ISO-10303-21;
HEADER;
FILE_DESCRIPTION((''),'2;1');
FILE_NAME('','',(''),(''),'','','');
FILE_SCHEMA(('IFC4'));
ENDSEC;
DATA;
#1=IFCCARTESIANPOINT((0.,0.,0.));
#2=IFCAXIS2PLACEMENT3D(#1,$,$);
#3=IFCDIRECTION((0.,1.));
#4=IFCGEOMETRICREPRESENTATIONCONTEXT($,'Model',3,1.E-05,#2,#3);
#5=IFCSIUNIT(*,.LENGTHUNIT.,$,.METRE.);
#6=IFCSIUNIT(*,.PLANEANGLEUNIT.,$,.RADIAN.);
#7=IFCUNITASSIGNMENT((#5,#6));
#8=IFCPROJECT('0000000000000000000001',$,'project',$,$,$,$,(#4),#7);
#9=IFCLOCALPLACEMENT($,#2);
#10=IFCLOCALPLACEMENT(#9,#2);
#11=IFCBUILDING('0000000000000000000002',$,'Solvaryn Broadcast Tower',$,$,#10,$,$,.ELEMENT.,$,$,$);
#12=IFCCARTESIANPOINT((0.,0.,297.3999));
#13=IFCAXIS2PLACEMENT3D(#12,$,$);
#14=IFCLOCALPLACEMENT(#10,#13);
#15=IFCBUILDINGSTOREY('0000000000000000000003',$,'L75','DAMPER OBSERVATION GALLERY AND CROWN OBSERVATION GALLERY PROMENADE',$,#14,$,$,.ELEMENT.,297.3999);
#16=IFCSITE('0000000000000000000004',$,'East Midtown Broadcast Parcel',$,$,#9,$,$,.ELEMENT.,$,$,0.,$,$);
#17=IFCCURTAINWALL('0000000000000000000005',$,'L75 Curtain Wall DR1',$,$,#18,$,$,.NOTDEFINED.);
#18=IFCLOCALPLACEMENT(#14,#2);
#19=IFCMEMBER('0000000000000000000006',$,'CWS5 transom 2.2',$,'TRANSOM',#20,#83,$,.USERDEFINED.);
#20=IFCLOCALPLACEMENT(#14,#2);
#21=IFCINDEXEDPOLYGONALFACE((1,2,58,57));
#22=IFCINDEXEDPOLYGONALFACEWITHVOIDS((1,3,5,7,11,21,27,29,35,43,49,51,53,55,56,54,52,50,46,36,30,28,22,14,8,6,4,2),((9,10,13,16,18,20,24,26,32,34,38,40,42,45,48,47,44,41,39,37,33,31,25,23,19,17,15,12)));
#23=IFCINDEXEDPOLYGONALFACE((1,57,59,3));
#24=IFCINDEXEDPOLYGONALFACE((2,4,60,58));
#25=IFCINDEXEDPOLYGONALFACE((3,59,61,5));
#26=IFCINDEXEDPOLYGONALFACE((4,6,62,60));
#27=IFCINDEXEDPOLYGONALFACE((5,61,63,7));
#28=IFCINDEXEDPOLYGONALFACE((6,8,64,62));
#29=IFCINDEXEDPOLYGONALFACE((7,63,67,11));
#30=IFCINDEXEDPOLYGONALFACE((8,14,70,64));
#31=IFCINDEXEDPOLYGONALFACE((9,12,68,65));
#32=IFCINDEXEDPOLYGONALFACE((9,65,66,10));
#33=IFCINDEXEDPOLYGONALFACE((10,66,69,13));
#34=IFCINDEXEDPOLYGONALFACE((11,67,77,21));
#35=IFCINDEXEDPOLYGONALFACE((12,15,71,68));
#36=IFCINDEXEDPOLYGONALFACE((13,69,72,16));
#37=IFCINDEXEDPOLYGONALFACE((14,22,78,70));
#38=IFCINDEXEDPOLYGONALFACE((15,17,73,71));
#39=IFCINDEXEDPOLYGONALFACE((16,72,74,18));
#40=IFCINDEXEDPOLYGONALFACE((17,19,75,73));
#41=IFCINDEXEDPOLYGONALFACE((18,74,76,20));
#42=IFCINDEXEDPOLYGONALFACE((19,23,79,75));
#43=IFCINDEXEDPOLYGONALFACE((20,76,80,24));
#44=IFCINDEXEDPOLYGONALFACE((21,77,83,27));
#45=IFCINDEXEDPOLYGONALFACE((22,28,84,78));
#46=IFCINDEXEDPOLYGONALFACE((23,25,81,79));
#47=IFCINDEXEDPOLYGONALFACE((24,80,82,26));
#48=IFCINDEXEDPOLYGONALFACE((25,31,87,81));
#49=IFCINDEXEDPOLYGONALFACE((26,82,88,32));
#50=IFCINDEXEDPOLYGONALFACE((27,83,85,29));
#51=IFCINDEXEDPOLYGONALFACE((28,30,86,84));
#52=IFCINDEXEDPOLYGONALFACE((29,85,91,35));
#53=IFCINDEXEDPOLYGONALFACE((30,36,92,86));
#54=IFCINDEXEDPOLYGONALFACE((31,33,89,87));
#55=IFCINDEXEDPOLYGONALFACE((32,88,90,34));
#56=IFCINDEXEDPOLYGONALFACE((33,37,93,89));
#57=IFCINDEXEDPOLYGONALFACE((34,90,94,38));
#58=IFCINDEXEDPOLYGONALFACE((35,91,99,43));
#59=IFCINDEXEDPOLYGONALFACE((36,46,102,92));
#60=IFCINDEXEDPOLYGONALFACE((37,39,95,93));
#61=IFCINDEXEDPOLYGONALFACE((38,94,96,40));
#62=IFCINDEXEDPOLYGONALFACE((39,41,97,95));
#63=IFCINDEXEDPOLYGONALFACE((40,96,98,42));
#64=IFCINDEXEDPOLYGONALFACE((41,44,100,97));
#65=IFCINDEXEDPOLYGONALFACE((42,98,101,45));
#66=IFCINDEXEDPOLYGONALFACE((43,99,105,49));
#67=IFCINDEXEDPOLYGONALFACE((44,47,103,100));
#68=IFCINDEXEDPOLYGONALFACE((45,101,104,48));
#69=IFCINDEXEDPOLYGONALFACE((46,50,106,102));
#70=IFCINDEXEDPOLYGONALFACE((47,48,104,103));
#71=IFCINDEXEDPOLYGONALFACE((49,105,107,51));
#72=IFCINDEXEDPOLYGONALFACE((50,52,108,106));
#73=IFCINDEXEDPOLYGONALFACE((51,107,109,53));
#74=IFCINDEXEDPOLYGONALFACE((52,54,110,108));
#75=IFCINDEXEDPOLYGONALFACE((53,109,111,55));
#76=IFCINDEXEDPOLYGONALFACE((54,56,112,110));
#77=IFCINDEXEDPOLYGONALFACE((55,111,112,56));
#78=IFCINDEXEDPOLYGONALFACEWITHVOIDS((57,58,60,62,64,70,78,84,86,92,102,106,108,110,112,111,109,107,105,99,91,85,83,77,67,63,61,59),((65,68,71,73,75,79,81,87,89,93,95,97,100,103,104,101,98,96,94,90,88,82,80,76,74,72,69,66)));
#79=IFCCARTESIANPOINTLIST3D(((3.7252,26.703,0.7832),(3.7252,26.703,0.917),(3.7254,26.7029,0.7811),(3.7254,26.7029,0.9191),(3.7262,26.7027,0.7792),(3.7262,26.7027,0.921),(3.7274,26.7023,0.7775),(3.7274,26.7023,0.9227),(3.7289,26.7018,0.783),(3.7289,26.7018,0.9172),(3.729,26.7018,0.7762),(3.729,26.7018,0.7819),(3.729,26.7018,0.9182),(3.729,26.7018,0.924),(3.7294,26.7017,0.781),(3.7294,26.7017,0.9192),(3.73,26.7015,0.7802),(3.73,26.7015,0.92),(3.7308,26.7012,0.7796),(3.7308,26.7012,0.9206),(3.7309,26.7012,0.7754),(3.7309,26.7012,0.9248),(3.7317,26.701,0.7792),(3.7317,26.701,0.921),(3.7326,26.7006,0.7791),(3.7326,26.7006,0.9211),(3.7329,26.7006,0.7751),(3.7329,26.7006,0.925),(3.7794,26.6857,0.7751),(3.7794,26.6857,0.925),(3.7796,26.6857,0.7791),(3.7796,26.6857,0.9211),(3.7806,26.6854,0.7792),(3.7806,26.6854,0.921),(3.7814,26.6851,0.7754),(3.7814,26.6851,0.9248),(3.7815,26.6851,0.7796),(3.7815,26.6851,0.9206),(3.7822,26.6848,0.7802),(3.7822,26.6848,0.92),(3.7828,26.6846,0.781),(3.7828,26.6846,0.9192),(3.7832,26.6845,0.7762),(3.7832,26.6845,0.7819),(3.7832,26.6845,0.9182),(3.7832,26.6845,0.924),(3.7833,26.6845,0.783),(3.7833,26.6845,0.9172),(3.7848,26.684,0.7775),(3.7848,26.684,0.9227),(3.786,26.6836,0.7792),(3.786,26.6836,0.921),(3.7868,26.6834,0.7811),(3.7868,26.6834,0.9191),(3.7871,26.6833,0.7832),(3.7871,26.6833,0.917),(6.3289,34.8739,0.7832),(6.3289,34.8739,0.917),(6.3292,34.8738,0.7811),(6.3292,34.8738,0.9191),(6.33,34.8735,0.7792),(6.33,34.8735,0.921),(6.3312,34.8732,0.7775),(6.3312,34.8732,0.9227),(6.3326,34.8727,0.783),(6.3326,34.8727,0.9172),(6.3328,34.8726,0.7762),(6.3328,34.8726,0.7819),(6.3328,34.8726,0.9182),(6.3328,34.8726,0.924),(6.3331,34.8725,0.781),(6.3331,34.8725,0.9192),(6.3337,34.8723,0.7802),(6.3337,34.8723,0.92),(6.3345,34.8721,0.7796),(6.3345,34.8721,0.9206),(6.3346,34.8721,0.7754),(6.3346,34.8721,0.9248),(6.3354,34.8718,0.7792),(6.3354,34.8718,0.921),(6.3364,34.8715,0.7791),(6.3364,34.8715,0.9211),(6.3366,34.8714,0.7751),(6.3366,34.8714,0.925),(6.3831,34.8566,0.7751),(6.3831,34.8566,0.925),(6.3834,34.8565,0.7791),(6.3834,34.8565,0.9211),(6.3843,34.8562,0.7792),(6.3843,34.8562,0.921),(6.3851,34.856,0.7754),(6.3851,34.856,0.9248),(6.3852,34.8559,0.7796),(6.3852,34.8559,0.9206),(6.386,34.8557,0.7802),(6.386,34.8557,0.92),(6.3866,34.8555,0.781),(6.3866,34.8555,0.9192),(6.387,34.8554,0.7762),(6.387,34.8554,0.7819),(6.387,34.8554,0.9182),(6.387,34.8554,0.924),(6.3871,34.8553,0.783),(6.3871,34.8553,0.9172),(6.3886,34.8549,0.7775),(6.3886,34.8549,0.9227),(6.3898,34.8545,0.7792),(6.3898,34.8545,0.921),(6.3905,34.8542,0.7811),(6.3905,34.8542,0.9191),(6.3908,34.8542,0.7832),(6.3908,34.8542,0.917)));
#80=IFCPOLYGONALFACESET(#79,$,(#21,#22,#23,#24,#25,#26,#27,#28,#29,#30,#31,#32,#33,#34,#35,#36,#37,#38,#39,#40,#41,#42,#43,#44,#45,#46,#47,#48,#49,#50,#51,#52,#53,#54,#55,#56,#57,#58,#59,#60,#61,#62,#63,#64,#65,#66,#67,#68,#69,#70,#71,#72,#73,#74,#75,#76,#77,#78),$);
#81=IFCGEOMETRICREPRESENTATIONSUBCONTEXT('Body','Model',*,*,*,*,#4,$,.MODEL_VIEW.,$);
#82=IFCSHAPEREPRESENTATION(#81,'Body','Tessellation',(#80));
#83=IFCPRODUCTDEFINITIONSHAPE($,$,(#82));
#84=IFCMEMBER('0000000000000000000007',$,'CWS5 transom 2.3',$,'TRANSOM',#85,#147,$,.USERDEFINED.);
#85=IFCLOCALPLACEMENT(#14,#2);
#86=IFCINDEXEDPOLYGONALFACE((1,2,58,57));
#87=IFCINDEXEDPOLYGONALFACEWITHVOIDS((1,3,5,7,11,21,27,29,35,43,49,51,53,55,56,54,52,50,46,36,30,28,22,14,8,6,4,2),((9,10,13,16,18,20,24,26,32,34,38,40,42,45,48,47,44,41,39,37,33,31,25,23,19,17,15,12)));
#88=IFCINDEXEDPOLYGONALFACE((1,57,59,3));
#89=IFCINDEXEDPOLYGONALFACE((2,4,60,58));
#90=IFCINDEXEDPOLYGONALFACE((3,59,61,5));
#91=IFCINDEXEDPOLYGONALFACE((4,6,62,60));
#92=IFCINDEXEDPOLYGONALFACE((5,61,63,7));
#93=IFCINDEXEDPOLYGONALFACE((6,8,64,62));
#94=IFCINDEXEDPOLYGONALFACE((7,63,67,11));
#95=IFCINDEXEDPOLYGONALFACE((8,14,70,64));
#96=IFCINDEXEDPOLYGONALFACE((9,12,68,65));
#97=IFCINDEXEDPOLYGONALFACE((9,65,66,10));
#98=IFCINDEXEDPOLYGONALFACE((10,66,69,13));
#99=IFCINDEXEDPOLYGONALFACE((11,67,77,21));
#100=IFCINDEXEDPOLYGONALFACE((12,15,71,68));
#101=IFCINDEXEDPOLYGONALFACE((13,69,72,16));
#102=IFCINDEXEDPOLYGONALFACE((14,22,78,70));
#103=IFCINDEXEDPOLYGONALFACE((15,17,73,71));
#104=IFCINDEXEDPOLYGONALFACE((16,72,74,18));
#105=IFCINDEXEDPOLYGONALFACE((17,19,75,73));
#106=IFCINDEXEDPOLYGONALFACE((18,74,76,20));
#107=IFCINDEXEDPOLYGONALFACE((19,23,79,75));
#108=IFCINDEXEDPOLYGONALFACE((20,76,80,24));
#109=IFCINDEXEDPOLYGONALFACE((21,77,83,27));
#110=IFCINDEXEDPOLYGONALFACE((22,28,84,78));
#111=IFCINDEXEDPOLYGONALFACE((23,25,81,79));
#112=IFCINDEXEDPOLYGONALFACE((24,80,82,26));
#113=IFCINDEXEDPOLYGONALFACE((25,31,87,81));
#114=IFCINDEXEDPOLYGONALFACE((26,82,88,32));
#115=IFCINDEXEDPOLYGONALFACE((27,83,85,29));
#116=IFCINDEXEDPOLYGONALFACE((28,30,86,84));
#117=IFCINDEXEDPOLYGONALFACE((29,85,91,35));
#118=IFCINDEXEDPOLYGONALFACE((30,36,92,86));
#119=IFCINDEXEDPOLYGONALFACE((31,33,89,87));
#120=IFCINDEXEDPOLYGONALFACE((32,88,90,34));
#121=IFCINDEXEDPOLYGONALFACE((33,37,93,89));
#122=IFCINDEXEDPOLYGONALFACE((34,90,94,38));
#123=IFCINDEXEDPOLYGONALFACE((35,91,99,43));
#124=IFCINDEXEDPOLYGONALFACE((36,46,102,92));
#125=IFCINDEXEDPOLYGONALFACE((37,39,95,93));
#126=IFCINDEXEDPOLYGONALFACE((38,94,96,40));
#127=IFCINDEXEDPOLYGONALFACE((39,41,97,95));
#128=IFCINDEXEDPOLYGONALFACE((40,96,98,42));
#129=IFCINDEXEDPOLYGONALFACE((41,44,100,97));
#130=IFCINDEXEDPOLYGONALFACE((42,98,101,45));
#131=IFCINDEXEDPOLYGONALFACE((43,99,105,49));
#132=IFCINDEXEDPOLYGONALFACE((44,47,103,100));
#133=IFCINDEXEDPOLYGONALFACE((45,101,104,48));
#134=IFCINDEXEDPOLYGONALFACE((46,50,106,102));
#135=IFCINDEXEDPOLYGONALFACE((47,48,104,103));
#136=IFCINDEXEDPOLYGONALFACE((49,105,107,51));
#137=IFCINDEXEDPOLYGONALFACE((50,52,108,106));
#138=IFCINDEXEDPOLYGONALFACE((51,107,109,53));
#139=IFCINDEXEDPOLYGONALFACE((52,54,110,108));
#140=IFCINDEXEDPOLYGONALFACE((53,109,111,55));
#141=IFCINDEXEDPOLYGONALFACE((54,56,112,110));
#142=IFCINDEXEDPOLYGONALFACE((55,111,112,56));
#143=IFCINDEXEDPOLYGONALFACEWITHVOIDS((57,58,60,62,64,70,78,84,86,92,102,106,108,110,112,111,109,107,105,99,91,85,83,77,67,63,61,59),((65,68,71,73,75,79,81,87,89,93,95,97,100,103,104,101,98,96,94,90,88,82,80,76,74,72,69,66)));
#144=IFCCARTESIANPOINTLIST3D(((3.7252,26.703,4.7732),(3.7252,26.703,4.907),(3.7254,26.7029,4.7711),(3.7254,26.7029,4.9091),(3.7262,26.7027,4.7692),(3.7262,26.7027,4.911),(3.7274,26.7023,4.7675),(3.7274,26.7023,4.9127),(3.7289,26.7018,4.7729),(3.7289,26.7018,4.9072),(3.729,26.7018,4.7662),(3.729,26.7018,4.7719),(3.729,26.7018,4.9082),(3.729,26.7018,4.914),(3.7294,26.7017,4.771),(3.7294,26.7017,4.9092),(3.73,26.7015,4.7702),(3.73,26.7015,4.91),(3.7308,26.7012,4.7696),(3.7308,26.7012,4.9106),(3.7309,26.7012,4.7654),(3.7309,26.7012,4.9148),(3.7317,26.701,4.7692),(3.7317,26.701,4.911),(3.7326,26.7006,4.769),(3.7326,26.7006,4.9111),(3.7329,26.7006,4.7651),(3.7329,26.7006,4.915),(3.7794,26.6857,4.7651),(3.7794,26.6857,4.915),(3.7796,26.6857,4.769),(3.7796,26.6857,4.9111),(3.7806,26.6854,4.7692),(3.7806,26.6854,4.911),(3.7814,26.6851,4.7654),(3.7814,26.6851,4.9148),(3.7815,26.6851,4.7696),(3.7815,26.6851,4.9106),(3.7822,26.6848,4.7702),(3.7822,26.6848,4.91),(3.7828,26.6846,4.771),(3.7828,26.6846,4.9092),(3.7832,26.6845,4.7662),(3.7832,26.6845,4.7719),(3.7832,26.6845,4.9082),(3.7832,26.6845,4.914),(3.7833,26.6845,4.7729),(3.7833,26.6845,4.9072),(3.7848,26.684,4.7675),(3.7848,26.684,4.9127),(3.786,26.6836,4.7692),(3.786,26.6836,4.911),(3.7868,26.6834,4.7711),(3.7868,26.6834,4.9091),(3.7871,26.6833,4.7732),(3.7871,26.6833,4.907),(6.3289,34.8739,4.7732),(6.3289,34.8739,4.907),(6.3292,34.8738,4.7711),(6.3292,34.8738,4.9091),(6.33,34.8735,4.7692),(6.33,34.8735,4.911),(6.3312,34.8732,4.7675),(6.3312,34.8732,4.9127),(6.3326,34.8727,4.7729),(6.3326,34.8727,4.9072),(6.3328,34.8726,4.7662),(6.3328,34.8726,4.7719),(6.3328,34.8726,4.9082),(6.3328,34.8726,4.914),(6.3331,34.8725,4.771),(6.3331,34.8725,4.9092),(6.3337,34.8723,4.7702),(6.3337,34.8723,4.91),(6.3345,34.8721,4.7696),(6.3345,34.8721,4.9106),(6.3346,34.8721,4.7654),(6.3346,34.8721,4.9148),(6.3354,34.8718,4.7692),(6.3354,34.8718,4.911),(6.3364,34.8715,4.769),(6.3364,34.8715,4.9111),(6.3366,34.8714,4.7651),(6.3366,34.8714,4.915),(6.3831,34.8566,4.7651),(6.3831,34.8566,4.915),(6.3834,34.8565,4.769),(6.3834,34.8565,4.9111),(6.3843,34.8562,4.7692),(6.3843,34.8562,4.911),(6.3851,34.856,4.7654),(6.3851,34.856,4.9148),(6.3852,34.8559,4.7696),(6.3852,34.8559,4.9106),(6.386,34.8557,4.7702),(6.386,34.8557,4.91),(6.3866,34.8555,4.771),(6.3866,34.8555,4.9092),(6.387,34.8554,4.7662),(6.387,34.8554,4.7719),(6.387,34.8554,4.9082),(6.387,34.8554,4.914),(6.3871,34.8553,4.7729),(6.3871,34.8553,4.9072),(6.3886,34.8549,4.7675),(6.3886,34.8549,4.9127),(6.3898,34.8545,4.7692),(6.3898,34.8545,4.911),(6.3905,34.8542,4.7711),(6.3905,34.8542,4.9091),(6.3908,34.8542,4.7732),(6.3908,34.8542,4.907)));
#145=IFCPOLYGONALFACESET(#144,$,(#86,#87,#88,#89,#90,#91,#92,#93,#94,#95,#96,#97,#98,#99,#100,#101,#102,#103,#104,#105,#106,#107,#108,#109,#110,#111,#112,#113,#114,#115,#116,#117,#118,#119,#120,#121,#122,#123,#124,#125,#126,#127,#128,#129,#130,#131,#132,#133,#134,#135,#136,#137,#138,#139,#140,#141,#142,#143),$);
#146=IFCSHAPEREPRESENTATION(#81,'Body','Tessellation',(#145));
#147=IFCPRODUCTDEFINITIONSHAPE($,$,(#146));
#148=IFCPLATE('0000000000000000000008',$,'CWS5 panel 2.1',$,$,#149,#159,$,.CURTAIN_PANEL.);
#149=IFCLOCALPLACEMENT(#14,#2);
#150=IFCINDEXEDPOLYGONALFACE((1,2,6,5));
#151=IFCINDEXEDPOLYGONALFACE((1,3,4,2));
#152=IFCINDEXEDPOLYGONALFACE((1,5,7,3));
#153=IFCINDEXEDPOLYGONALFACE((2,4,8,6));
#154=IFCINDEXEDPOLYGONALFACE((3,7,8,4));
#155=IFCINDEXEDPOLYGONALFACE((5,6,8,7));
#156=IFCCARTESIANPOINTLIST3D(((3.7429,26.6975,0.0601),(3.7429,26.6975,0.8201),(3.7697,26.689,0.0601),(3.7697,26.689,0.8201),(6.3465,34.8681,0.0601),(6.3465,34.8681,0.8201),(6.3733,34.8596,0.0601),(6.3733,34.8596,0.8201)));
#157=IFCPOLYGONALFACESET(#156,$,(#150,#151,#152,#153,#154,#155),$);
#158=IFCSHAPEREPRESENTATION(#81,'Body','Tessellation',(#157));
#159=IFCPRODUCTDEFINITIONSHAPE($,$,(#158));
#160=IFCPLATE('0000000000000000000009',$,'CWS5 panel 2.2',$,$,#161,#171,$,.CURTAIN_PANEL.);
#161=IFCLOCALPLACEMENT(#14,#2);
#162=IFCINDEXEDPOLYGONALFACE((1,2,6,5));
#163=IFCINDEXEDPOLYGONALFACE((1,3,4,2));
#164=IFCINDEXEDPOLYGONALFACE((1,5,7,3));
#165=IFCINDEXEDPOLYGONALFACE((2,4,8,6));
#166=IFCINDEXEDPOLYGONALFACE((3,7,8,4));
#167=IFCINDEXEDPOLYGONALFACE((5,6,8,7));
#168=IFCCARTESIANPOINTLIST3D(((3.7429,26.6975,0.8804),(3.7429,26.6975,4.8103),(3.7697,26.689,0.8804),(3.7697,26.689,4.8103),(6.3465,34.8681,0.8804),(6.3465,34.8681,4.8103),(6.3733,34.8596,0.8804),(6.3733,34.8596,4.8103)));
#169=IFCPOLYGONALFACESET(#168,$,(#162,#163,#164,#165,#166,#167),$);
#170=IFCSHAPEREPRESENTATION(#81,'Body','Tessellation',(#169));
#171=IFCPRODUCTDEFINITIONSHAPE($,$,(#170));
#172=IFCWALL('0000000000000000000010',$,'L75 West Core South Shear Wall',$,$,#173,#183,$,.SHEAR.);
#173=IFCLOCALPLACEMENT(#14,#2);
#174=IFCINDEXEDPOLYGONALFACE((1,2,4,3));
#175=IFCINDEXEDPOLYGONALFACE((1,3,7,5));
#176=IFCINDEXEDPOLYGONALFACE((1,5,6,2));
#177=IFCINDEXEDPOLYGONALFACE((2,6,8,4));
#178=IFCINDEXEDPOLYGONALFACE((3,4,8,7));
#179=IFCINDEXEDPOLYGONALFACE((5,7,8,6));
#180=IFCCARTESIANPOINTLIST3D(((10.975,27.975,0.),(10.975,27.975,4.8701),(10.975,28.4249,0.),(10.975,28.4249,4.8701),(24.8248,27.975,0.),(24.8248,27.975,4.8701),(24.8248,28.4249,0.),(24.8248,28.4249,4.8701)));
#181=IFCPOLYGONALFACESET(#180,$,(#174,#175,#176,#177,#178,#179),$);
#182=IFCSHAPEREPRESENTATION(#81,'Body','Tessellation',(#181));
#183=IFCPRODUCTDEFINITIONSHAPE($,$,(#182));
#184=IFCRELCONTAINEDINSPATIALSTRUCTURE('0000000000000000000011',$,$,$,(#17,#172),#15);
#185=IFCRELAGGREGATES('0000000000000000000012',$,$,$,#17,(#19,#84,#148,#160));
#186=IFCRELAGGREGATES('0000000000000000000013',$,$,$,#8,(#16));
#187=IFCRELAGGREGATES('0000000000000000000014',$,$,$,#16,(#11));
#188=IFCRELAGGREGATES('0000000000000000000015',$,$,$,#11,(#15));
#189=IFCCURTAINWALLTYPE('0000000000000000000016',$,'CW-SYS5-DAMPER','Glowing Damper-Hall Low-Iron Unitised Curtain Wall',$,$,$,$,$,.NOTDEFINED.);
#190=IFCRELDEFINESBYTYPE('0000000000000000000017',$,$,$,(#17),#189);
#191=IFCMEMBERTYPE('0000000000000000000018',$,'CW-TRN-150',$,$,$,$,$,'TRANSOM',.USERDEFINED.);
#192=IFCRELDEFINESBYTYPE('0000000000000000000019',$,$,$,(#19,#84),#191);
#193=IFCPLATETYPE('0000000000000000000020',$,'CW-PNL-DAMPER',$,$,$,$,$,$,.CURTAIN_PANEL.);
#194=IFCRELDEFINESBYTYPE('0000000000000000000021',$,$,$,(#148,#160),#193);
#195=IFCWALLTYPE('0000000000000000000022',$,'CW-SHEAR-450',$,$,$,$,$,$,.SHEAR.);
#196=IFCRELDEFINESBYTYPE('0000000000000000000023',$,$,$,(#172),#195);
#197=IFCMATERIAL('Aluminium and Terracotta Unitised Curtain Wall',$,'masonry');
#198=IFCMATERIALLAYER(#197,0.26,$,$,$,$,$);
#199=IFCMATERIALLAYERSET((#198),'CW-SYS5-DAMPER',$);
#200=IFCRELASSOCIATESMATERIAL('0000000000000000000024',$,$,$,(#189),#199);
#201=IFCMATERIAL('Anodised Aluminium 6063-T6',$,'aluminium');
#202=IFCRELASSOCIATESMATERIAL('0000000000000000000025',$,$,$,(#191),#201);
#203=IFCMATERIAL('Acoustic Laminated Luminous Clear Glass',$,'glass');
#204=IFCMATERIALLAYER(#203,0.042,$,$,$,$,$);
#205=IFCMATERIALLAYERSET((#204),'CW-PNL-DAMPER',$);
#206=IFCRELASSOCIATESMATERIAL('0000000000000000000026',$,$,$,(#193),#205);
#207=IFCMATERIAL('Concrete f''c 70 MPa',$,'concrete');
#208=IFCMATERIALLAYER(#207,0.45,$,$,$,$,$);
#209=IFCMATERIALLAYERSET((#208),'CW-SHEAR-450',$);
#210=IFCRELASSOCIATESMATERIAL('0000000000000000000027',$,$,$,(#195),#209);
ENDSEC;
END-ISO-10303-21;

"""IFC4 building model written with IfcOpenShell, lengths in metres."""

from ifc_helpers import new_model, si_unit, direction, frame, frame_2d, origin, origin_2d, place, context, subcontext, project, spatial, rectangle, hollow_rectangle, extrude, material, layer, layer_set, material_profile, profile_set, type_object, element, aggregate, save


model = new_model("IFC4")

# Units and contexts
model_context = context("Model", 3, precision=1e-05, world=origin(), true_north=direction((0.0, 1.0)))
body_context = subcontext(model_context, "Body", "Model", "MODEL_VIEW")
ifc_project = project(units=[si_unit("LENGTHUNIT", "METRE"), si_unit("PLANEANGLEUNIT", "RADIAN")], contexts=[model_context])

# Site, building, storey
site_placement = place(None, origin())
site = spatial("IfcSite", under=ifc_project, at=site_placement, Name="East Midtown Broadcast Parcel", CompositionType="ELEMENT", RefElevation=0.0)
building_placement = place(site_placement, origin())
building = spatial("IfcBuilding", under=site, at=building_placement, Name="Solvaryn Broadcast Tower", CompositionType="ELEMENT")
storey_placement = place(building_placement, frame((0.0, 0.0, 297.3999)))
storey = spatial("IfcBuildingStorey", under=building, at=storey_placement, Name="L75", Description="DAMPER OBSERVATION GALLERY AND CROWN OBSERVATION GALLERY PROMENADE", CompositionType="ELEMENT", Elevation=297.3999)

# Curtain wall, members, plates
ifc_material_1 = material(Name="Aluminium and Terracotta Unitised Curtain Wall", Category="masonry")
ifc_layer_1 = layer(ifc_material_1, 0.26)
ifc_layer_set_1 = layer_set([ifc_layer_1], Name="CW-SYS5-DAMPER")
curtain_wall_type = type_object("IfcCurtainWallType", Name="CW-SYS5-DAMPER", Description="Glowing Damper-Hall Low-Iron Unitised Curtain Wall", PredefinedType="NOTDEFINED", material=ifc_layer_set_1)
curtain_wall_placement = place(storey_placement, origin())
curtain_wall = element("IfcCurtainWall", 1, at=curtain_wall_placement, inside=storey, type_object=curtain_wall_type, Name="L75 Curtain Wall DR1", PredefinedType="NOTDEFINED")
ifc_material_2 = material(Name="Anodised Aluminium 6063-T6", Category="aluminium")
ifc_material_profile_1 = material_profile(ifc_material_2, hollow_rectangle(XDim=0.0649, YDim=0.1499, WallThickness=0.0039, InnerFilletRadius=0.0039, OuterFilletRadius=0.0081, at=origin_2d()))
ifc_profile_set_1 = profile_set([ifc_material_profile_1], Name="Anodised Aluminium 6063-T6")
member_type_1 = type_object("IfcMemberType", Name="CW-TRN-150", ElementType="TRANSOM", PredefinedType="USERDEFINED", material=ifc_profile_set_1)
member_1_placement = place(storey_placement, frame((6.3599, 34.864, 0.8501), z_axis=(-0.30362, -0.952793, 0.0), x_axis=(0.952793, -0.30362, 0.0)))
member_1 = element("IfcMember", 2, at=member_1_placement, type_object=member_type_1, Name="CWS5 transom 2.2", ObjectType="TRANSOM", PredefinedType="USERDEFINED", context=body_context, shape_type="SweptSolid", body=[
    extrude(hollow_rectangle(XDim=0.0649, YDim=0.1499, WallThickness=0.0039, InnerFilletRadius=0.0039, OuterFilletRadius=0.0081, at=origin_2d()), origin(), (0.0, 0.0, 1.0), 8.5757),
])
member_2_placement = place(storey_placement, frame((6.3599, 34.864, 4.8401), z_axis=(-0.30362, -0.952793, 0.0), x_axis=(0.952793, -0.30362, 0.0)))
member_2 = element("IfcMember", 3, at=member_2_placement, type_object=member_type_1, Name="CWS5 transom 2.3", ObjectType="TRANSOM", PredefinedType="USERDEFINED", context=body_context, shape_type="SweptSolid", body=[
    extrude(hollow_rectangle(XDim=0.0649, YDim=0.1499, WallThickness=0.0039, InnerFilletRadius=0.0039, OuterFilletRadius=0.0081, at=origin_2d()), origin(), (0.0, 0.0, 1.0), 8.5757),
])
ifc_material_3 = material(Name="Acoustic Laminated Luminous Clear Glass", Category="glass")
ifc_layer_2 = layer(ifc_material_3, 0.042)
ifc_layer_set_2 = layer_set([ifc_layer_2], Name="CW-PNL-DAMPER")
plate_type = type_object("IfcPlateType", Name="CW-PNL-DAMPER", PredefinedType="CURTAIN_PANEL", material=ifc_layer_set_2)
plate_1_placement = place(storey_placement, frame((5.0581, 30.7786, 0.0601), z_axis=(0.0, 0.0, 1.0), x_axis=(-0.303616, -0.952795, 0.0)))
plate_1 = element("IfcPlate", 4, at=plate_1_placement, type_object=plate_type, Name="CWS5 panel 2.1", PredefinedType="CURTAIN_PANEL", context=body_context, shape_type="SweptSolid", body=[
    extrude(rectangle(XDim=8.5754, YDim=0.0281, at=origin_2d()), origin(), (0.0, 0.0, 1.0), 0.76),
])
plate_2_placement = place(storey_placement, frame((5.0581, 30.7786, 0.8804), z_axis=(0.0, 0.0, 1.0), x_axis=(-0.303616, -0.952795, 0.0)))
plate_2 = element("IfcPlate", 5, at=plate_2_placement, type_object=plate_type, Name="CWS5 panel 2.2", PredefinedType="CURTAIN_PANEL", context=body_context, shape_type="SweptSolid", body=[
    extrude(rectangle(XDim=8.5754, YDim=0.0281, at=origin_2d()), origin(), (0.0, 0.0, 1.0), 3.9299),
])
aggregate(curtain_wall, [member_1, member_2, plate_1, plate_2])

# Wall
ifc_material_4 = material(Name="Concrete f'c 70 MPa", Category="concrete")
ifc_layer_3 = layer(ifc_material_4, 0.45)
ifc_layer_set_3 = layer_set([ifc_layer_3], Name="CW-SHEAR-450")
wall_type_1 = type_object("IfcWallType", Name="CW-SHEAR-450", PredefinedType="SHEAR", material=ifc_layer_set_3)
wall_1_placement = place(storey_placement, frame((10.9751, 28.2, 0.0), z_axis=(0.0, 0.0, 1.0), x_axis=(1.0, 0.0, 0.0)))
element("IfcWall", 6, at=wall_1_placement, inside=storey, type_object=wall_type_1, Name="L75 West Core South Shear Wall", PredefinedType="SHEAR", context=body_context, shape_type="SweptSolid", body=[
    extrude(rectangle(XDim=13.8499, YDim=0.45, at=frame_2d((6.9248, 0.0))), origin(), (0.0, 0.0, 1.0), 4.8701),
])

save(model, "model.ifc")
